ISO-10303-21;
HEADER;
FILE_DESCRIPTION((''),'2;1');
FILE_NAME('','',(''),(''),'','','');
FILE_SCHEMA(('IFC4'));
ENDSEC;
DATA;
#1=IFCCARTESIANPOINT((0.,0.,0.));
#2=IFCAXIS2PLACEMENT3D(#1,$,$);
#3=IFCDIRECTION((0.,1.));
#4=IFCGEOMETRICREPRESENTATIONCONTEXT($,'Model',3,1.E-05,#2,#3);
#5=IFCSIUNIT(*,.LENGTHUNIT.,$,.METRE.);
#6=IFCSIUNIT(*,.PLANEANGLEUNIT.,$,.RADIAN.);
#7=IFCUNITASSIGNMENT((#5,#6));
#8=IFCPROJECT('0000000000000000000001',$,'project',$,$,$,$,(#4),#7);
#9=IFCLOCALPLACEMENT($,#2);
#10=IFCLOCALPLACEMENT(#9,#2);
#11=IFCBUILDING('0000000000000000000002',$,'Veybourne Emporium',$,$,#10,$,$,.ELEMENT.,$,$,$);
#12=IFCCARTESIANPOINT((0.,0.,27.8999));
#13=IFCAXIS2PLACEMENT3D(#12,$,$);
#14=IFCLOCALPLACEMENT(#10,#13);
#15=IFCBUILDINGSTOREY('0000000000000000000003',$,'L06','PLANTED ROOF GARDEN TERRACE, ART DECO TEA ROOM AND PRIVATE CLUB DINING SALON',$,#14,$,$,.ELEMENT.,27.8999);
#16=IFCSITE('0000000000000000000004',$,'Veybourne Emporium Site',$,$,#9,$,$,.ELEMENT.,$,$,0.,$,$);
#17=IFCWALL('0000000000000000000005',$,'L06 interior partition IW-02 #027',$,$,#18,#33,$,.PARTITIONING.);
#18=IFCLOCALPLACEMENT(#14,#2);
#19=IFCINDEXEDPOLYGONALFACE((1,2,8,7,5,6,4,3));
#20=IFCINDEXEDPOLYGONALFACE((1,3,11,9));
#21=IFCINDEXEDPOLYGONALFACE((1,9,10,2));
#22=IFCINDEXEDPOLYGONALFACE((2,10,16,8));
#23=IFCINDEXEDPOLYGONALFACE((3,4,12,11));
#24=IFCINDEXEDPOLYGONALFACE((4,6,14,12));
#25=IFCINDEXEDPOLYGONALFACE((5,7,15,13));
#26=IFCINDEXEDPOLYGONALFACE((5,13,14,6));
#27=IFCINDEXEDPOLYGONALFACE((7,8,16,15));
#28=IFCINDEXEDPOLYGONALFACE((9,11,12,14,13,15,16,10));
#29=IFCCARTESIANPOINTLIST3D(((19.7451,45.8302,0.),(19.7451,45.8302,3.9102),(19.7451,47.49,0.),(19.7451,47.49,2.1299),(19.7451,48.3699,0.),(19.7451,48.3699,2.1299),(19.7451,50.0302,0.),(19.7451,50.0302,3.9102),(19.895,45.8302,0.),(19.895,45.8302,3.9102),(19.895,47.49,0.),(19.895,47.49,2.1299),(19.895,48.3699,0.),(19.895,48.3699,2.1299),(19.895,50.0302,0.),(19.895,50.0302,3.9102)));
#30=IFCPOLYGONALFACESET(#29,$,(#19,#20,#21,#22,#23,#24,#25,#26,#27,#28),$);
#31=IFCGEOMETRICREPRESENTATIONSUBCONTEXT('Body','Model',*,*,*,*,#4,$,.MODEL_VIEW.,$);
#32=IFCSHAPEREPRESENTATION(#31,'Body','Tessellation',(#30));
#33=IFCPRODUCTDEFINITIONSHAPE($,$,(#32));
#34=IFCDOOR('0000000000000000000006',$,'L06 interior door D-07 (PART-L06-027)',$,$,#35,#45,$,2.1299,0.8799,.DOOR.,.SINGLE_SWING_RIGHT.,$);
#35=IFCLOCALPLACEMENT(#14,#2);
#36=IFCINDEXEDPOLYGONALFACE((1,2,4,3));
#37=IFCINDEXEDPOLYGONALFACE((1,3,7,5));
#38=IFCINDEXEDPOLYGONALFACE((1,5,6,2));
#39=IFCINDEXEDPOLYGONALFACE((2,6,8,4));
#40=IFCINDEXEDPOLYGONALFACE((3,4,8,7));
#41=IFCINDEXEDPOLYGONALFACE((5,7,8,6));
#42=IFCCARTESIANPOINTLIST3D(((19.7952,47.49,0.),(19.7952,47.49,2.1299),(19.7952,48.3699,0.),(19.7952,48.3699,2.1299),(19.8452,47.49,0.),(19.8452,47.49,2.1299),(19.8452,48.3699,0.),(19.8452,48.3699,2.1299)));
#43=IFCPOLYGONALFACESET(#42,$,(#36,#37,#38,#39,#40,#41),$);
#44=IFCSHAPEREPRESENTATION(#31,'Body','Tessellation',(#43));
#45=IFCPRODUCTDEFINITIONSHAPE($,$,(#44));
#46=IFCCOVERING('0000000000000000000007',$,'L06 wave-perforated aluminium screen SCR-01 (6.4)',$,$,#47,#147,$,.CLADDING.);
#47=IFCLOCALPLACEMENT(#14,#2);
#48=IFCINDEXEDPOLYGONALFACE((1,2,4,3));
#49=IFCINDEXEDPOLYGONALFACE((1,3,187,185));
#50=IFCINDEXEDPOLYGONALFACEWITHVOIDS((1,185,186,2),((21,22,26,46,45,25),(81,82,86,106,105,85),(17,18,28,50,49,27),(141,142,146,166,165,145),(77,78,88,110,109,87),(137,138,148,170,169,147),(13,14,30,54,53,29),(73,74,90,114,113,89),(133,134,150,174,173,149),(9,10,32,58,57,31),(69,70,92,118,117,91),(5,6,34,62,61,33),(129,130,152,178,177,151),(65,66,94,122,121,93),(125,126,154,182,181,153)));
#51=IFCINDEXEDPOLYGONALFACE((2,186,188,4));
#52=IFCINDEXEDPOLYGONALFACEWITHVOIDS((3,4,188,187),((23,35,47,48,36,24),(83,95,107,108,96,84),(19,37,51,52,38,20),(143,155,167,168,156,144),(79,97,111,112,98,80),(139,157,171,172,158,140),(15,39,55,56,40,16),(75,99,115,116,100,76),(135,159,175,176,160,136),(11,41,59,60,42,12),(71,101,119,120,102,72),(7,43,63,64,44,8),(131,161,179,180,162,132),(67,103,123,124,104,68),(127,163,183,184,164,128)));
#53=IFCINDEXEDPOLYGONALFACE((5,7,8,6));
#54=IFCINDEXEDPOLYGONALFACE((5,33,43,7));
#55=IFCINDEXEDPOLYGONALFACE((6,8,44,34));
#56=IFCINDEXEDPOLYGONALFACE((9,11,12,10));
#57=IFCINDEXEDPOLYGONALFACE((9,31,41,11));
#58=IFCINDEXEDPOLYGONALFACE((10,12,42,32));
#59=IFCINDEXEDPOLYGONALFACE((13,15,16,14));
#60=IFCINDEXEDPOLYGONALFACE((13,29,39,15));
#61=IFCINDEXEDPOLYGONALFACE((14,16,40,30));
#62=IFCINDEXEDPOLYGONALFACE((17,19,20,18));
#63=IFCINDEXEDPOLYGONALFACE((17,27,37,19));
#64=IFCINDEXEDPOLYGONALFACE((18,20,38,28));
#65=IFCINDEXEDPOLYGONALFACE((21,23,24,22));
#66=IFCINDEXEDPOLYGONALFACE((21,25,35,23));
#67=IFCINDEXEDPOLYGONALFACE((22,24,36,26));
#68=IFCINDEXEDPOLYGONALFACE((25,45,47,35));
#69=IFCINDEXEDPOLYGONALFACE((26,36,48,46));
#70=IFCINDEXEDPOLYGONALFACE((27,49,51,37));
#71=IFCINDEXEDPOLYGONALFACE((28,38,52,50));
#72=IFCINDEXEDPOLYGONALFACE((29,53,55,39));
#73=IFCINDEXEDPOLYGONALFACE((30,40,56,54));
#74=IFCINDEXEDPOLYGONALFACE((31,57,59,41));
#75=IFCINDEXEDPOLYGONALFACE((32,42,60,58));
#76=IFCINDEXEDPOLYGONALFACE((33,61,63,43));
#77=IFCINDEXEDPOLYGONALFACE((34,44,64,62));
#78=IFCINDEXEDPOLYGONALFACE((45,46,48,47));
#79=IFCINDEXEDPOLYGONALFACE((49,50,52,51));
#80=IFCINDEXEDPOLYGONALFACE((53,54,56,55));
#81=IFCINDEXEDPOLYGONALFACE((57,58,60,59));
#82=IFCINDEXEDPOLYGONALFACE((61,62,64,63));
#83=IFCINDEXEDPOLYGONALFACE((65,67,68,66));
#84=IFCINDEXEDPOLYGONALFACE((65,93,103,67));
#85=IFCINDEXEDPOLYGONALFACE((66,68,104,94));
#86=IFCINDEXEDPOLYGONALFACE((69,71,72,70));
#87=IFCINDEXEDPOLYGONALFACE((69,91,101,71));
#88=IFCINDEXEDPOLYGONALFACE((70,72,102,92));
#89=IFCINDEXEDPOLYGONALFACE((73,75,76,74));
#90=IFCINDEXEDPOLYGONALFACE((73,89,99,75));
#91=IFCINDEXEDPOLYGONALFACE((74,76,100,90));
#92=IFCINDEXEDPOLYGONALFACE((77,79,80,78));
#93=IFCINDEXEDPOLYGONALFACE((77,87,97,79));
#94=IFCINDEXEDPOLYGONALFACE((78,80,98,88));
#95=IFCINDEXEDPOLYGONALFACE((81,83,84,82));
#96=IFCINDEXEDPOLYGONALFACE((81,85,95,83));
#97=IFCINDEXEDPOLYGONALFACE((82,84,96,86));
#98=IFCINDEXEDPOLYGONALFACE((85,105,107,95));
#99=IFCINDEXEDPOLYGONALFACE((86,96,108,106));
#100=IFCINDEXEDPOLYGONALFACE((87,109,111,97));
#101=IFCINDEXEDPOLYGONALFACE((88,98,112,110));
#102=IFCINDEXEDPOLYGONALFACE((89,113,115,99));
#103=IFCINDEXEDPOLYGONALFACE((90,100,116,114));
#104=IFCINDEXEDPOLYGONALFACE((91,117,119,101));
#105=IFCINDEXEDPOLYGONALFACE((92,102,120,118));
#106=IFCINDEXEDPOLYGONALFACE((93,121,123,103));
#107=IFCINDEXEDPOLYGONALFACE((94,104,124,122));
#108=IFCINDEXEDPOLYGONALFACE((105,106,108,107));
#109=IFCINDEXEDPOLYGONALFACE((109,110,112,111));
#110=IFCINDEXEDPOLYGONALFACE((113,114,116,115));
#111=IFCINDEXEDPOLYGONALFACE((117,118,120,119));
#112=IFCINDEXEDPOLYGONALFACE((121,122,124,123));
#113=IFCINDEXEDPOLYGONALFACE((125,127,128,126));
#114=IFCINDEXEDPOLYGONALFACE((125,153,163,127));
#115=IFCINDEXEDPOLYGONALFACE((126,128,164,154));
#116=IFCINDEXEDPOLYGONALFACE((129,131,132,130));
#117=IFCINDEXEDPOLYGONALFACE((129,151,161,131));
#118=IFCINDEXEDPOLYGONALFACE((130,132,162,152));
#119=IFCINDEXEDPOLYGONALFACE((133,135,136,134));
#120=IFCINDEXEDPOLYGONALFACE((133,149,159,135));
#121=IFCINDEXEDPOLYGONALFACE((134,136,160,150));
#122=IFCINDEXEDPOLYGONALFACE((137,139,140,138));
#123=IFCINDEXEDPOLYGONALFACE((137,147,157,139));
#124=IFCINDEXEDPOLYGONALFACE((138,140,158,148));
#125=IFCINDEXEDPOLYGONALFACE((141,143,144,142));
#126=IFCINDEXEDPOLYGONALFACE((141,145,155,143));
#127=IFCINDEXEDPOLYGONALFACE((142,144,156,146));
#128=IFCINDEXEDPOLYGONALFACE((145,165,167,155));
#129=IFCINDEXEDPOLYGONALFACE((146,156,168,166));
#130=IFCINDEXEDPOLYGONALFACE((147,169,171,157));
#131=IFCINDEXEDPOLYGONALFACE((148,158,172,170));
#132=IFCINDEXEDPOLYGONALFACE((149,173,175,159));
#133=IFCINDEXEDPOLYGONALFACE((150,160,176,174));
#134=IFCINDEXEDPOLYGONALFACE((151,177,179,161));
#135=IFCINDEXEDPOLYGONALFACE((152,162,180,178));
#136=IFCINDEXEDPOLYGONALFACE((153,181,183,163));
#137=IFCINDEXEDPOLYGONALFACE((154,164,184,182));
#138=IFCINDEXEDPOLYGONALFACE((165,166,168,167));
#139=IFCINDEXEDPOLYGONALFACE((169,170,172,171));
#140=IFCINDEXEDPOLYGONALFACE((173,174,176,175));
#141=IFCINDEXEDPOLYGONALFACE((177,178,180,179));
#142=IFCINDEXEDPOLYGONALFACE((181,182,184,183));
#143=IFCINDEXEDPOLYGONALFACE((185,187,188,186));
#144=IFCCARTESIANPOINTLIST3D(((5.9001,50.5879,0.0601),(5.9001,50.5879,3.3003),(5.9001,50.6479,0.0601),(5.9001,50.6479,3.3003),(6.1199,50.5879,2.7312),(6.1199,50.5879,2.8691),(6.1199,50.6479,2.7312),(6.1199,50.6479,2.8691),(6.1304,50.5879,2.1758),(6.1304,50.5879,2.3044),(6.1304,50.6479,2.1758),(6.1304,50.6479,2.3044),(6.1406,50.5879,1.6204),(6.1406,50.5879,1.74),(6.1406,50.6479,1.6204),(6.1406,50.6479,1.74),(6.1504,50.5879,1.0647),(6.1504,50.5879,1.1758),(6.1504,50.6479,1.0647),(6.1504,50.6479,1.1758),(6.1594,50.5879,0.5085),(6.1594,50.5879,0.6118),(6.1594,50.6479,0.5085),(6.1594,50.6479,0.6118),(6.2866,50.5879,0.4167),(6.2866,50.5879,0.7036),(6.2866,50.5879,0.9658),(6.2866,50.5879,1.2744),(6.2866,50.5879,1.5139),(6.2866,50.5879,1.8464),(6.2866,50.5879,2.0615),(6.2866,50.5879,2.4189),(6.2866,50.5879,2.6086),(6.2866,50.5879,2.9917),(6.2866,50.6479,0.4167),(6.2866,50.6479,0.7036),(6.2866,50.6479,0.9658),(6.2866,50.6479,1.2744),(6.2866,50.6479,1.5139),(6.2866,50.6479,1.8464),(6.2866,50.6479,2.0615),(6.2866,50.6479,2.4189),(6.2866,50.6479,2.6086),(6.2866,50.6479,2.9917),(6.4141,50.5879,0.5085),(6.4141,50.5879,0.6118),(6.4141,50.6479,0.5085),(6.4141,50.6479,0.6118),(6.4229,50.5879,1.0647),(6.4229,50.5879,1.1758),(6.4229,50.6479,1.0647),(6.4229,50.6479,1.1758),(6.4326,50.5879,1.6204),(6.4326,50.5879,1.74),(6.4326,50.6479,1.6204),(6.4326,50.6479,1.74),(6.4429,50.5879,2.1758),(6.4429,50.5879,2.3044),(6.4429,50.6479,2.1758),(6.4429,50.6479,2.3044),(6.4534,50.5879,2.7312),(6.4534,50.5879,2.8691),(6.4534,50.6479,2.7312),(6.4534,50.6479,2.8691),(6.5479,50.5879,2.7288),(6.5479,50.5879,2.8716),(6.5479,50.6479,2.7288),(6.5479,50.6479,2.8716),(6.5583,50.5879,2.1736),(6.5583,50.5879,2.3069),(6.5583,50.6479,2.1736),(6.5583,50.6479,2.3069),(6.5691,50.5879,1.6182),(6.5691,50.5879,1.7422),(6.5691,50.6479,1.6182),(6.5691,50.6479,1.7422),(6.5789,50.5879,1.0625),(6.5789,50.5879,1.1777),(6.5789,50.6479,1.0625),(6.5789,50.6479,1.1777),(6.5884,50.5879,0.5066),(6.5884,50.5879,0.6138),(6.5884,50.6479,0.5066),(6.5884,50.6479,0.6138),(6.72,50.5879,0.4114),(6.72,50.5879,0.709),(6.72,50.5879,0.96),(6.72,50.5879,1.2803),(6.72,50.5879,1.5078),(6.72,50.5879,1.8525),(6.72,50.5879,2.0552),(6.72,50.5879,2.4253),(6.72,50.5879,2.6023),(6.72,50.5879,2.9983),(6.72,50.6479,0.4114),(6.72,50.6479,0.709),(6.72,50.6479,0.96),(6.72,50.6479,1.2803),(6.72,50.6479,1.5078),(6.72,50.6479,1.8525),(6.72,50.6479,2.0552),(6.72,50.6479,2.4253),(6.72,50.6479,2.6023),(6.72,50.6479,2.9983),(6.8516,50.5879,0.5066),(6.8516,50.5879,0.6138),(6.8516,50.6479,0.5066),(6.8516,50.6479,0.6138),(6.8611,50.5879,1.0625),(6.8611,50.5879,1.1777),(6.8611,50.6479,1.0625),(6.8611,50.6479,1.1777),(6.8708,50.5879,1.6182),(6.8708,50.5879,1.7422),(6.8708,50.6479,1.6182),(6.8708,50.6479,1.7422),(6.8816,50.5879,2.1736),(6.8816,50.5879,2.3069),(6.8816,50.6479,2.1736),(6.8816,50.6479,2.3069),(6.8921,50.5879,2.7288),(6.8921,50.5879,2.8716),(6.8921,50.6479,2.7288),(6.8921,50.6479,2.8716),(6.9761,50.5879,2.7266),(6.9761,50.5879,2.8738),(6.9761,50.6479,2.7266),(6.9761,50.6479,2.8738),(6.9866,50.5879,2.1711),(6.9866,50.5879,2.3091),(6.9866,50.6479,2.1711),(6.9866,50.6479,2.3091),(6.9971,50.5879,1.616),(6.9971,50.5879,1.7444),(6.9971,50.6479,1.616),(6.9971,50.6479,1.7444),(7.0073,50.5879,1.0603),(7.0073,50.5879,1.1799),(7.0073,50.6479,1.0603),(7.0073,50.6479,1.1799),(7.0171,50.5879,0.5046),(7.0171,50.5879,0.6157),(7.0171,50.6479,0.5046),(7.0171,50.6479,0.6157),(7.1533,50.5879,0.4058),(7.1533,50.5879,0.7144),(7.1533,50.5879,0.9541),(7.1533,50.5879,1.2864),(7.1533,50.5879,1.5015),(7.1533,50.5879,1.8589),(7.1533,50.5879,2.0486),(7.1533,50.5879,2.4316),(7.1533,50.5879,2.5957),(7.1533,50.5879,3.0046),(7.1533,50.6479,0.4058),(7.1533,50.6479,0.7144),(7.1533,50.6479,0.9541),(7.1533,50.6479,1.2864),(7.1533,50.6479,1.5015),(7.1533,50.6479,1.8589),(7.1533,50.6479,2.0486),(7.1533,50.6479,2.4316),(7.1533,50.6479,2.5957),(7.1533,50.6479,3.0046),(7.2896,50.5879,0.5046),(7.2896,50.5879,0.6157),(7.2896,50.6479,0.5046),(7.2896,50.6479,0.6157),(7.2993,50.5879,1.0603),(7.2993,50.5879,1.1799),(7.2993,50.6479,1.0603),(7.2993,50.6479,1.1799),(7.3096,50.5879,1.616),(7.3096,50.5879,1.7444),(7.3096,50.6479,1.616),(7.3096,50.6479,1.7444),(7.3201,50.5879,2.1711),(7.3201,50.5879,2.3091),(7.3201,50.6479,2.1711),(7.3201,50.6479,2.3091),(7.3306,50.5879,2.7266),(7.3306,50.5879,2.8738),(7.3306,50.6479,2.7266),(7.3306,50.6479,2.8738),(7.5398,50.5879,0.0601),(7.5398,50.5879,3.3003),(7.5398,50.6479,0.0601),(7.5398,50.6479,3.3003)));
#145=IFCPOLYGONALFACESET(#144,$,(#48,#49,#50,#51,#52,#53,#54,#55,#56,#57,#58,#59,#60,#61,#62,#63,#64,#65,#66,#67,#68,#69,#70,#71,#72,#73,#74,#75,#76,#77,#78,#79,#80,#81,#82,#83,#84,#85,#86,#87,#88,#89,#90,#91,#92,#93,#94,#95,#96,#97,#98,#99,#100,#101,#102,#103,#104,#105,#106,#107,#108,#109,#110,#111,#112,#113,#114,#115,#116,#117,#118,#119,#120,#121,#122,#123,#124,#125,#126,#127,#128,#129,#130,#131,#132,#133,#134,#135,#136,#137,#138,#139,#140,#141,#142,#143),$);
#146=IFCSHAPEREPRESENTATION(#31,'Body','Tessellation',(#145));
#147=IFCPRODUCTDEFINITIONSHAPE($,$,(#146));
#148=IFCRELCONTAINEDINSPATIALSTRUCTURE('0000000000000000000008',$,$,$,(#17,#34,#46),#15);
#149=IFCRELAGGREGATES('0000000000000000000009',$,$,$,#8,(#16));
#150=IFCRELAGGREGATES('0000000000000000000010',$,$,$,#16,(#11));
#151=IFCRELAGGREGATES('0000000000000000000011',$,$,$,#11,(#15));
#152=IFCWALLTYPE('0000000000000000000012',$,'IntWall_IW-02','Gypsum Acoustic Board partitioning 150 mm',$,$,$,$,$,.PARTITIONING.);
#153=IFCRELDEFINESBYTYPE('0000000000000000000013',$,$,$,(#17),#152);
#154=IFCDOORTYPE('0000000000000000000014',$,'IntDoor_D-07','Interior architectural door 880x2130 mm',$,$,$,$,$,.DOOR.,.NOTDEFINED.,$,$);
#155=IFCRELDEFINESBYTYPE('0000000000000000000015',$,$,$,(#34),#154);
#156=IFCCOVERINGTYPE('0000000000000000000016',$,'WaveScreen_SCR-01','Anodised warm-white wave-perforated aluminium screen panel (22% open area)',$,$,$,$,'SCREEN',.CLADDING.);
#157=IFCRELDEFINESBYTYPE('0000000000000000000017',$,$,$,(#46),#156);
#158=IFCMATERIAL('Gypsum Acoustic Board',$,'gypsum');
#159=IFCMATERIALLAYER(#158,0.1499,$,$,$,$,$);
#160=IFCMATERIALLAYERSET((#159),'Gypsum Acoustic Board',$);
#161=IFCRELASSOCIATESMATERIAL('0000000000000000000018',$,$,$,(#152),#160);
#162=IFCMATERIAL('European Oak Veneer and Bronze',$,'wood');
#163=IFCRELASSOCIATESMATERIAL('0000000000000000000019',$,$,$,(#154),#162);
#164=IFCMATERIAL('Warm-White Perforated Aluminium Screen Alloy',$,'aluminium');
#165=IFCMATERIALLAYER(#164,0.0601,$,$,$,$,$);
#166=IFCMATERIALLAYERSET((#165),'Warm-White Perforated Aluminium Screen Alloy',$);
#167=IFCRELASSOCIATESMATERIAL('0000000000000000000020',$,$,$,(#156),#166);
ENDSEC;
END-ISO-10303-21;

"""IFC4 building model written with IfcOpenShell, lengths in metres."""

from ifc_helpers import new_model, si_unit, direction, frame, frame_2d, origin, place, context, subcontext, project, spatial, polyline, rectangle, outline, extrude, material, layer, layer_set, type_object, element, fill, save


model = new_model("IFC4")

# Units and contexts
model_context = context("Model", 3, precision=1e-05, world=origin(), true_north=direction((0.0, 1.0)))
body_context = subcontext(model_context, "Body", "Model", "MODEL_VIEW")
ifc_project = project(units=[si_unit("LENGTHUNIT", "METRE"), si_unit("PLANEANGLEUNIT", "RADIAN")], contexts=[model_context])

# Site, building, storey
site_placement = place(None, origin())
site = spatial("IfcSite", under=ifc_project, at=site_placement, Name="Veybourne Emporium Site", CompositionType="ELEMENT", RefElevation=0.0)
building_placement = place(site_placement, origin())
building = spatial("IfcBuilding", under=site, at=building_placement, Name="Veybourne Emporium", CompositionType="ELEMENT")
storey_placement = place(building_placement, frame((0.0, 0.0, 27.8999)))
storey = spatial("IfcBuildingStorey", under=building, at=storey_placement, Name="L06", Description="PLANTED ROOF GARDEN TERRACE, ART DECO TEA ROOM AND PRIVATE CLUB DINING SALON", CompositionType="ELEMENT", Elevation=27.8999)

# Wall, opening, door
ifc_material_1 = material(Name="Gypsum Acoustic Board", Category="gypsum")
ifc_layer_1 = layer(ifc_material_1, 0.1499)
ifc_layer_set_1 = layer_set([ifc_layer_1], Name="Gypsum Acoustic Board")
wall_type_1 = type_object("IfcWallType", Name="IntWall_IW-02", Description="Gypsum Acoustic Board partitioning 150 mm", PredefinedType="PARTITIONING", material=ifc_layer_set_1)
wall_1_placement = place(storey_placement, frame((19.8201, 45.8301, 0.0), z_axis=(0.0, 0.0, 1.0), x_axis=(0.0, 1.0, 0.0)))
wall_1 = element("IfcWall", 1, at=wall_1_placement, inside=storey, type_object=wall_type_1, Name="L06 interior partition IW-02 #027", PredefinedType="PARTITIONING", context=body_context, shape_type="SweptSolid", body=[
    extrude(rectangle(XDim=4.2, YDim=0.1499, at=frame_2d((2.1001, 0.0))), origin(), (0.0, 0.0, 1.0), 3.9102),
])
opening_1_placement = place(wall_1_placement, frame((1.6599, 0.0, 0.0)))
opening_1 = element("IfcOpeningElement", 2, at=opening_1_placement, cuts=wall_1, PredefinedType="OPENING", context=body_context, shape_type="SweptSolid", body=[
    extrude(rectangle(XDim=0.8799, YDim=2.1299, at=frame_2d((0.4399, 1.0649))), frame((0.0, 0.095, 0.0), z_axis=(0.0, -1.0, 0.0), x_axis=(1.0, 0.0, 0.0)), (0.0, 0.0, 1.0), 0.1899),
])
ifc_material_2 = material(Name="European Oak Veneer and Bronze", Category="wood")
door_type = type_object("IfcDoorType", Name="IntDoor_D-07", Description="Interior architectural door 880x2130 mm", OperationType="NOTDEFINED", PredefinedType="DOOR", material=ifc_material_2)
door_placement = place(opening_1_placement, origin())
door = element("IfcDoor", 3, at=door_placement, inside=storey, type_object=door_type, Name="L06 interior door D-07 (PART-L06-027)", OperationType="SINGLE_SWING_RIGHT", OverallHeight=2.1299, OverallWidth=0.8799, PredefinedType="DOOR", context=body_context, shape_type="SweptSolid", body=[
    extrude(rectangle(XDim=0.8799, YDim=2.1299, at=frame_2d((0.4399, 1.0649))), frame((0.0, 0.0249, 0.0), z_axis=(0.0, -1.0, 0.0), x_axis=(1.0, 0.0, 0.0)), (0.0, 0.0, 1.0), 0.05),
])
fill(opening_1, door)

# Covering
ifc_material_3 = material(Name="Warm-White Perforated Aluminium Screen Alloy", Category="aluminium")
ifc_layer_2 = layer(ifc_material_3, 0.0601)
ifc_layer_set_2 = layer_set([ifc_layer_2], Name="Warm-White Perforated Aluminium Screen Alloy")
covering_type_1 = type_object("IfcCoveringType", Name="WaveScreen_SCR-01", Description="Anodised warm-white wave-perforated aluminium screen panel (22% open area)", ElementType="SCREEN", PredefinedType="CLADDING", material=ifc_layer_set_2)
covering_1_placement = place(storey_placement, frame((6.72, 50.6479, 1.6802), z_axis=(0.0, -1.0, 0.0), x_axis=(1.0, 0.0, 0.0)))
element("IfcCovering", 4, at=covering_1_placement, inside=storey, type_object=covering_type_1, Name="L06 wave-perforated aluminium screen SCR-01 (6.4)", PredefinedType="CLADDING", context=body_context, shape_type="SweptSolid", body=[
    extrude(outline(polyline([(-0.8198, -1.6201), (0.8198, -1.6201), (0.8198, 1.6201), (-0.8198, 1.6201), (-0.8198, -1.6201)]), holes=[polyline([(-0.4333, -0.9766), (-0.3059, -1.0684), (-0.3059, -1.1716), (-0.4333, -1.2634), (-0.5605, -1.1716), (-0.5605, -1.0684), (-0.4333, -0.9766)]), polyline([(-0.4333, -0.4058), (-0.2971, -0.5044), (-0.2971, -0.6155), (-0.4333, -0.7144), (-0.5696, -0.6155), (-0.5696, -0.5044), (-0.4333, -0.4058)]), polyline([(-0.4333, 0.1663), (-0.2874, 0.0598), (-0.2874, -0.0598), (-0.4333, -0.1663), (-0.5793, -0.0598), (-0.5793, 0.0598), (-0.4333, 0.1663)]), polyline([(-0.4333, 0.7388), (-0.2771, 0.6243), (-0.2771, 0.4956), (-0.4333, 0.3813), (-0.5896, 0.4956), (-0.5896, 0.6243), (-0.4333, 0.7388)]), polyline([(-0.4333, 1.3115), (-0.2666, 1.189), (-0.2666, 1.051), (-0.4333, 0.9285), (-0.6001, 1.051), (-0.6001, 1.189), (-0.4333, 1.3115)]), polyline([(0.0, -0.9712), (0.1316, -1.0664), (0.1316, -1.1736), (0.0, -1.2688), (-0.1316, -1.1736), (-0.1316, -1.0664), (0.0, -0.9712)]), polyline([(0.0, -0.3999), (0.1411, -0.5024), (0.1411, -0.6177), (0.0, -0.7202), (-0.1411, -0.6177), (-0.1411, -0.5024), (0.0, -0.3999)]), polyline([(0.0, 0.1724), (0.1509, 0.062), (0.1509, -0.062), (0.0, -0.1724), (-0.1509, -0.062), (-0.1509, 0.062), (0.0, 0.1724)]), polyline([(0.0, 0.7451), (0.1616, 0.6267), (0.1616, 0.4934), (0.0, 0.375), (-0.1616, 0.4934), (-0.1616, 0.6267), (0.0, 0.7451)]), polyline([(0.0, 1.3181), (0.1721, 1.1914), (0.1721, 1.0486), (0.0, 0.9221), (-0.1721, 1.0486), (-0.1721, 1.1914), (0.0, 1.3181)]), polyline([(0.4333, -0.9658), (0.5696, -1.0645), (0.5696, -1.1755), (0.4333, -1.2744), (0.2971, -1.1755), (0.2971, -1.0645), (0.4333, -0.9658)]), polyline([(0.4333, -0.3938), (0.5793, -0.5002), (0.5793, -0.6199), (0.4333, -0.7261), (0.2874, -0.6199), (0.2874, -0.5002), (0.4333, -0.3938)]), polyline([(0.4333, 0.1787), (0.5896, 0.0642), (0.5896, -0.0642), (0.4333, -0.1787), (0.2771, -0.0642), (0.2771, 0.0642), (0.4333, 0.1787)]), polyline([(0.4333, 0.7515), (0.6001, 0.6289), (0.6001, 0.491), (0.4333, 0.3684), (0.2666, 0.491), (0.2666, 0.6289), (0.4333, 0.7515)]), polyline([(0.4333, 1.3245), (0.6106, 1.1936), (0.6106, 1.0464), (0.4333, 0.9155), (0.2561, 1.0464), (0.2561, 1.1936), (0.4333, 1.3245)])]), origin(), (0.0, 0.0, 1.0), 0.0601),
])

save(model, "model.ifc")
